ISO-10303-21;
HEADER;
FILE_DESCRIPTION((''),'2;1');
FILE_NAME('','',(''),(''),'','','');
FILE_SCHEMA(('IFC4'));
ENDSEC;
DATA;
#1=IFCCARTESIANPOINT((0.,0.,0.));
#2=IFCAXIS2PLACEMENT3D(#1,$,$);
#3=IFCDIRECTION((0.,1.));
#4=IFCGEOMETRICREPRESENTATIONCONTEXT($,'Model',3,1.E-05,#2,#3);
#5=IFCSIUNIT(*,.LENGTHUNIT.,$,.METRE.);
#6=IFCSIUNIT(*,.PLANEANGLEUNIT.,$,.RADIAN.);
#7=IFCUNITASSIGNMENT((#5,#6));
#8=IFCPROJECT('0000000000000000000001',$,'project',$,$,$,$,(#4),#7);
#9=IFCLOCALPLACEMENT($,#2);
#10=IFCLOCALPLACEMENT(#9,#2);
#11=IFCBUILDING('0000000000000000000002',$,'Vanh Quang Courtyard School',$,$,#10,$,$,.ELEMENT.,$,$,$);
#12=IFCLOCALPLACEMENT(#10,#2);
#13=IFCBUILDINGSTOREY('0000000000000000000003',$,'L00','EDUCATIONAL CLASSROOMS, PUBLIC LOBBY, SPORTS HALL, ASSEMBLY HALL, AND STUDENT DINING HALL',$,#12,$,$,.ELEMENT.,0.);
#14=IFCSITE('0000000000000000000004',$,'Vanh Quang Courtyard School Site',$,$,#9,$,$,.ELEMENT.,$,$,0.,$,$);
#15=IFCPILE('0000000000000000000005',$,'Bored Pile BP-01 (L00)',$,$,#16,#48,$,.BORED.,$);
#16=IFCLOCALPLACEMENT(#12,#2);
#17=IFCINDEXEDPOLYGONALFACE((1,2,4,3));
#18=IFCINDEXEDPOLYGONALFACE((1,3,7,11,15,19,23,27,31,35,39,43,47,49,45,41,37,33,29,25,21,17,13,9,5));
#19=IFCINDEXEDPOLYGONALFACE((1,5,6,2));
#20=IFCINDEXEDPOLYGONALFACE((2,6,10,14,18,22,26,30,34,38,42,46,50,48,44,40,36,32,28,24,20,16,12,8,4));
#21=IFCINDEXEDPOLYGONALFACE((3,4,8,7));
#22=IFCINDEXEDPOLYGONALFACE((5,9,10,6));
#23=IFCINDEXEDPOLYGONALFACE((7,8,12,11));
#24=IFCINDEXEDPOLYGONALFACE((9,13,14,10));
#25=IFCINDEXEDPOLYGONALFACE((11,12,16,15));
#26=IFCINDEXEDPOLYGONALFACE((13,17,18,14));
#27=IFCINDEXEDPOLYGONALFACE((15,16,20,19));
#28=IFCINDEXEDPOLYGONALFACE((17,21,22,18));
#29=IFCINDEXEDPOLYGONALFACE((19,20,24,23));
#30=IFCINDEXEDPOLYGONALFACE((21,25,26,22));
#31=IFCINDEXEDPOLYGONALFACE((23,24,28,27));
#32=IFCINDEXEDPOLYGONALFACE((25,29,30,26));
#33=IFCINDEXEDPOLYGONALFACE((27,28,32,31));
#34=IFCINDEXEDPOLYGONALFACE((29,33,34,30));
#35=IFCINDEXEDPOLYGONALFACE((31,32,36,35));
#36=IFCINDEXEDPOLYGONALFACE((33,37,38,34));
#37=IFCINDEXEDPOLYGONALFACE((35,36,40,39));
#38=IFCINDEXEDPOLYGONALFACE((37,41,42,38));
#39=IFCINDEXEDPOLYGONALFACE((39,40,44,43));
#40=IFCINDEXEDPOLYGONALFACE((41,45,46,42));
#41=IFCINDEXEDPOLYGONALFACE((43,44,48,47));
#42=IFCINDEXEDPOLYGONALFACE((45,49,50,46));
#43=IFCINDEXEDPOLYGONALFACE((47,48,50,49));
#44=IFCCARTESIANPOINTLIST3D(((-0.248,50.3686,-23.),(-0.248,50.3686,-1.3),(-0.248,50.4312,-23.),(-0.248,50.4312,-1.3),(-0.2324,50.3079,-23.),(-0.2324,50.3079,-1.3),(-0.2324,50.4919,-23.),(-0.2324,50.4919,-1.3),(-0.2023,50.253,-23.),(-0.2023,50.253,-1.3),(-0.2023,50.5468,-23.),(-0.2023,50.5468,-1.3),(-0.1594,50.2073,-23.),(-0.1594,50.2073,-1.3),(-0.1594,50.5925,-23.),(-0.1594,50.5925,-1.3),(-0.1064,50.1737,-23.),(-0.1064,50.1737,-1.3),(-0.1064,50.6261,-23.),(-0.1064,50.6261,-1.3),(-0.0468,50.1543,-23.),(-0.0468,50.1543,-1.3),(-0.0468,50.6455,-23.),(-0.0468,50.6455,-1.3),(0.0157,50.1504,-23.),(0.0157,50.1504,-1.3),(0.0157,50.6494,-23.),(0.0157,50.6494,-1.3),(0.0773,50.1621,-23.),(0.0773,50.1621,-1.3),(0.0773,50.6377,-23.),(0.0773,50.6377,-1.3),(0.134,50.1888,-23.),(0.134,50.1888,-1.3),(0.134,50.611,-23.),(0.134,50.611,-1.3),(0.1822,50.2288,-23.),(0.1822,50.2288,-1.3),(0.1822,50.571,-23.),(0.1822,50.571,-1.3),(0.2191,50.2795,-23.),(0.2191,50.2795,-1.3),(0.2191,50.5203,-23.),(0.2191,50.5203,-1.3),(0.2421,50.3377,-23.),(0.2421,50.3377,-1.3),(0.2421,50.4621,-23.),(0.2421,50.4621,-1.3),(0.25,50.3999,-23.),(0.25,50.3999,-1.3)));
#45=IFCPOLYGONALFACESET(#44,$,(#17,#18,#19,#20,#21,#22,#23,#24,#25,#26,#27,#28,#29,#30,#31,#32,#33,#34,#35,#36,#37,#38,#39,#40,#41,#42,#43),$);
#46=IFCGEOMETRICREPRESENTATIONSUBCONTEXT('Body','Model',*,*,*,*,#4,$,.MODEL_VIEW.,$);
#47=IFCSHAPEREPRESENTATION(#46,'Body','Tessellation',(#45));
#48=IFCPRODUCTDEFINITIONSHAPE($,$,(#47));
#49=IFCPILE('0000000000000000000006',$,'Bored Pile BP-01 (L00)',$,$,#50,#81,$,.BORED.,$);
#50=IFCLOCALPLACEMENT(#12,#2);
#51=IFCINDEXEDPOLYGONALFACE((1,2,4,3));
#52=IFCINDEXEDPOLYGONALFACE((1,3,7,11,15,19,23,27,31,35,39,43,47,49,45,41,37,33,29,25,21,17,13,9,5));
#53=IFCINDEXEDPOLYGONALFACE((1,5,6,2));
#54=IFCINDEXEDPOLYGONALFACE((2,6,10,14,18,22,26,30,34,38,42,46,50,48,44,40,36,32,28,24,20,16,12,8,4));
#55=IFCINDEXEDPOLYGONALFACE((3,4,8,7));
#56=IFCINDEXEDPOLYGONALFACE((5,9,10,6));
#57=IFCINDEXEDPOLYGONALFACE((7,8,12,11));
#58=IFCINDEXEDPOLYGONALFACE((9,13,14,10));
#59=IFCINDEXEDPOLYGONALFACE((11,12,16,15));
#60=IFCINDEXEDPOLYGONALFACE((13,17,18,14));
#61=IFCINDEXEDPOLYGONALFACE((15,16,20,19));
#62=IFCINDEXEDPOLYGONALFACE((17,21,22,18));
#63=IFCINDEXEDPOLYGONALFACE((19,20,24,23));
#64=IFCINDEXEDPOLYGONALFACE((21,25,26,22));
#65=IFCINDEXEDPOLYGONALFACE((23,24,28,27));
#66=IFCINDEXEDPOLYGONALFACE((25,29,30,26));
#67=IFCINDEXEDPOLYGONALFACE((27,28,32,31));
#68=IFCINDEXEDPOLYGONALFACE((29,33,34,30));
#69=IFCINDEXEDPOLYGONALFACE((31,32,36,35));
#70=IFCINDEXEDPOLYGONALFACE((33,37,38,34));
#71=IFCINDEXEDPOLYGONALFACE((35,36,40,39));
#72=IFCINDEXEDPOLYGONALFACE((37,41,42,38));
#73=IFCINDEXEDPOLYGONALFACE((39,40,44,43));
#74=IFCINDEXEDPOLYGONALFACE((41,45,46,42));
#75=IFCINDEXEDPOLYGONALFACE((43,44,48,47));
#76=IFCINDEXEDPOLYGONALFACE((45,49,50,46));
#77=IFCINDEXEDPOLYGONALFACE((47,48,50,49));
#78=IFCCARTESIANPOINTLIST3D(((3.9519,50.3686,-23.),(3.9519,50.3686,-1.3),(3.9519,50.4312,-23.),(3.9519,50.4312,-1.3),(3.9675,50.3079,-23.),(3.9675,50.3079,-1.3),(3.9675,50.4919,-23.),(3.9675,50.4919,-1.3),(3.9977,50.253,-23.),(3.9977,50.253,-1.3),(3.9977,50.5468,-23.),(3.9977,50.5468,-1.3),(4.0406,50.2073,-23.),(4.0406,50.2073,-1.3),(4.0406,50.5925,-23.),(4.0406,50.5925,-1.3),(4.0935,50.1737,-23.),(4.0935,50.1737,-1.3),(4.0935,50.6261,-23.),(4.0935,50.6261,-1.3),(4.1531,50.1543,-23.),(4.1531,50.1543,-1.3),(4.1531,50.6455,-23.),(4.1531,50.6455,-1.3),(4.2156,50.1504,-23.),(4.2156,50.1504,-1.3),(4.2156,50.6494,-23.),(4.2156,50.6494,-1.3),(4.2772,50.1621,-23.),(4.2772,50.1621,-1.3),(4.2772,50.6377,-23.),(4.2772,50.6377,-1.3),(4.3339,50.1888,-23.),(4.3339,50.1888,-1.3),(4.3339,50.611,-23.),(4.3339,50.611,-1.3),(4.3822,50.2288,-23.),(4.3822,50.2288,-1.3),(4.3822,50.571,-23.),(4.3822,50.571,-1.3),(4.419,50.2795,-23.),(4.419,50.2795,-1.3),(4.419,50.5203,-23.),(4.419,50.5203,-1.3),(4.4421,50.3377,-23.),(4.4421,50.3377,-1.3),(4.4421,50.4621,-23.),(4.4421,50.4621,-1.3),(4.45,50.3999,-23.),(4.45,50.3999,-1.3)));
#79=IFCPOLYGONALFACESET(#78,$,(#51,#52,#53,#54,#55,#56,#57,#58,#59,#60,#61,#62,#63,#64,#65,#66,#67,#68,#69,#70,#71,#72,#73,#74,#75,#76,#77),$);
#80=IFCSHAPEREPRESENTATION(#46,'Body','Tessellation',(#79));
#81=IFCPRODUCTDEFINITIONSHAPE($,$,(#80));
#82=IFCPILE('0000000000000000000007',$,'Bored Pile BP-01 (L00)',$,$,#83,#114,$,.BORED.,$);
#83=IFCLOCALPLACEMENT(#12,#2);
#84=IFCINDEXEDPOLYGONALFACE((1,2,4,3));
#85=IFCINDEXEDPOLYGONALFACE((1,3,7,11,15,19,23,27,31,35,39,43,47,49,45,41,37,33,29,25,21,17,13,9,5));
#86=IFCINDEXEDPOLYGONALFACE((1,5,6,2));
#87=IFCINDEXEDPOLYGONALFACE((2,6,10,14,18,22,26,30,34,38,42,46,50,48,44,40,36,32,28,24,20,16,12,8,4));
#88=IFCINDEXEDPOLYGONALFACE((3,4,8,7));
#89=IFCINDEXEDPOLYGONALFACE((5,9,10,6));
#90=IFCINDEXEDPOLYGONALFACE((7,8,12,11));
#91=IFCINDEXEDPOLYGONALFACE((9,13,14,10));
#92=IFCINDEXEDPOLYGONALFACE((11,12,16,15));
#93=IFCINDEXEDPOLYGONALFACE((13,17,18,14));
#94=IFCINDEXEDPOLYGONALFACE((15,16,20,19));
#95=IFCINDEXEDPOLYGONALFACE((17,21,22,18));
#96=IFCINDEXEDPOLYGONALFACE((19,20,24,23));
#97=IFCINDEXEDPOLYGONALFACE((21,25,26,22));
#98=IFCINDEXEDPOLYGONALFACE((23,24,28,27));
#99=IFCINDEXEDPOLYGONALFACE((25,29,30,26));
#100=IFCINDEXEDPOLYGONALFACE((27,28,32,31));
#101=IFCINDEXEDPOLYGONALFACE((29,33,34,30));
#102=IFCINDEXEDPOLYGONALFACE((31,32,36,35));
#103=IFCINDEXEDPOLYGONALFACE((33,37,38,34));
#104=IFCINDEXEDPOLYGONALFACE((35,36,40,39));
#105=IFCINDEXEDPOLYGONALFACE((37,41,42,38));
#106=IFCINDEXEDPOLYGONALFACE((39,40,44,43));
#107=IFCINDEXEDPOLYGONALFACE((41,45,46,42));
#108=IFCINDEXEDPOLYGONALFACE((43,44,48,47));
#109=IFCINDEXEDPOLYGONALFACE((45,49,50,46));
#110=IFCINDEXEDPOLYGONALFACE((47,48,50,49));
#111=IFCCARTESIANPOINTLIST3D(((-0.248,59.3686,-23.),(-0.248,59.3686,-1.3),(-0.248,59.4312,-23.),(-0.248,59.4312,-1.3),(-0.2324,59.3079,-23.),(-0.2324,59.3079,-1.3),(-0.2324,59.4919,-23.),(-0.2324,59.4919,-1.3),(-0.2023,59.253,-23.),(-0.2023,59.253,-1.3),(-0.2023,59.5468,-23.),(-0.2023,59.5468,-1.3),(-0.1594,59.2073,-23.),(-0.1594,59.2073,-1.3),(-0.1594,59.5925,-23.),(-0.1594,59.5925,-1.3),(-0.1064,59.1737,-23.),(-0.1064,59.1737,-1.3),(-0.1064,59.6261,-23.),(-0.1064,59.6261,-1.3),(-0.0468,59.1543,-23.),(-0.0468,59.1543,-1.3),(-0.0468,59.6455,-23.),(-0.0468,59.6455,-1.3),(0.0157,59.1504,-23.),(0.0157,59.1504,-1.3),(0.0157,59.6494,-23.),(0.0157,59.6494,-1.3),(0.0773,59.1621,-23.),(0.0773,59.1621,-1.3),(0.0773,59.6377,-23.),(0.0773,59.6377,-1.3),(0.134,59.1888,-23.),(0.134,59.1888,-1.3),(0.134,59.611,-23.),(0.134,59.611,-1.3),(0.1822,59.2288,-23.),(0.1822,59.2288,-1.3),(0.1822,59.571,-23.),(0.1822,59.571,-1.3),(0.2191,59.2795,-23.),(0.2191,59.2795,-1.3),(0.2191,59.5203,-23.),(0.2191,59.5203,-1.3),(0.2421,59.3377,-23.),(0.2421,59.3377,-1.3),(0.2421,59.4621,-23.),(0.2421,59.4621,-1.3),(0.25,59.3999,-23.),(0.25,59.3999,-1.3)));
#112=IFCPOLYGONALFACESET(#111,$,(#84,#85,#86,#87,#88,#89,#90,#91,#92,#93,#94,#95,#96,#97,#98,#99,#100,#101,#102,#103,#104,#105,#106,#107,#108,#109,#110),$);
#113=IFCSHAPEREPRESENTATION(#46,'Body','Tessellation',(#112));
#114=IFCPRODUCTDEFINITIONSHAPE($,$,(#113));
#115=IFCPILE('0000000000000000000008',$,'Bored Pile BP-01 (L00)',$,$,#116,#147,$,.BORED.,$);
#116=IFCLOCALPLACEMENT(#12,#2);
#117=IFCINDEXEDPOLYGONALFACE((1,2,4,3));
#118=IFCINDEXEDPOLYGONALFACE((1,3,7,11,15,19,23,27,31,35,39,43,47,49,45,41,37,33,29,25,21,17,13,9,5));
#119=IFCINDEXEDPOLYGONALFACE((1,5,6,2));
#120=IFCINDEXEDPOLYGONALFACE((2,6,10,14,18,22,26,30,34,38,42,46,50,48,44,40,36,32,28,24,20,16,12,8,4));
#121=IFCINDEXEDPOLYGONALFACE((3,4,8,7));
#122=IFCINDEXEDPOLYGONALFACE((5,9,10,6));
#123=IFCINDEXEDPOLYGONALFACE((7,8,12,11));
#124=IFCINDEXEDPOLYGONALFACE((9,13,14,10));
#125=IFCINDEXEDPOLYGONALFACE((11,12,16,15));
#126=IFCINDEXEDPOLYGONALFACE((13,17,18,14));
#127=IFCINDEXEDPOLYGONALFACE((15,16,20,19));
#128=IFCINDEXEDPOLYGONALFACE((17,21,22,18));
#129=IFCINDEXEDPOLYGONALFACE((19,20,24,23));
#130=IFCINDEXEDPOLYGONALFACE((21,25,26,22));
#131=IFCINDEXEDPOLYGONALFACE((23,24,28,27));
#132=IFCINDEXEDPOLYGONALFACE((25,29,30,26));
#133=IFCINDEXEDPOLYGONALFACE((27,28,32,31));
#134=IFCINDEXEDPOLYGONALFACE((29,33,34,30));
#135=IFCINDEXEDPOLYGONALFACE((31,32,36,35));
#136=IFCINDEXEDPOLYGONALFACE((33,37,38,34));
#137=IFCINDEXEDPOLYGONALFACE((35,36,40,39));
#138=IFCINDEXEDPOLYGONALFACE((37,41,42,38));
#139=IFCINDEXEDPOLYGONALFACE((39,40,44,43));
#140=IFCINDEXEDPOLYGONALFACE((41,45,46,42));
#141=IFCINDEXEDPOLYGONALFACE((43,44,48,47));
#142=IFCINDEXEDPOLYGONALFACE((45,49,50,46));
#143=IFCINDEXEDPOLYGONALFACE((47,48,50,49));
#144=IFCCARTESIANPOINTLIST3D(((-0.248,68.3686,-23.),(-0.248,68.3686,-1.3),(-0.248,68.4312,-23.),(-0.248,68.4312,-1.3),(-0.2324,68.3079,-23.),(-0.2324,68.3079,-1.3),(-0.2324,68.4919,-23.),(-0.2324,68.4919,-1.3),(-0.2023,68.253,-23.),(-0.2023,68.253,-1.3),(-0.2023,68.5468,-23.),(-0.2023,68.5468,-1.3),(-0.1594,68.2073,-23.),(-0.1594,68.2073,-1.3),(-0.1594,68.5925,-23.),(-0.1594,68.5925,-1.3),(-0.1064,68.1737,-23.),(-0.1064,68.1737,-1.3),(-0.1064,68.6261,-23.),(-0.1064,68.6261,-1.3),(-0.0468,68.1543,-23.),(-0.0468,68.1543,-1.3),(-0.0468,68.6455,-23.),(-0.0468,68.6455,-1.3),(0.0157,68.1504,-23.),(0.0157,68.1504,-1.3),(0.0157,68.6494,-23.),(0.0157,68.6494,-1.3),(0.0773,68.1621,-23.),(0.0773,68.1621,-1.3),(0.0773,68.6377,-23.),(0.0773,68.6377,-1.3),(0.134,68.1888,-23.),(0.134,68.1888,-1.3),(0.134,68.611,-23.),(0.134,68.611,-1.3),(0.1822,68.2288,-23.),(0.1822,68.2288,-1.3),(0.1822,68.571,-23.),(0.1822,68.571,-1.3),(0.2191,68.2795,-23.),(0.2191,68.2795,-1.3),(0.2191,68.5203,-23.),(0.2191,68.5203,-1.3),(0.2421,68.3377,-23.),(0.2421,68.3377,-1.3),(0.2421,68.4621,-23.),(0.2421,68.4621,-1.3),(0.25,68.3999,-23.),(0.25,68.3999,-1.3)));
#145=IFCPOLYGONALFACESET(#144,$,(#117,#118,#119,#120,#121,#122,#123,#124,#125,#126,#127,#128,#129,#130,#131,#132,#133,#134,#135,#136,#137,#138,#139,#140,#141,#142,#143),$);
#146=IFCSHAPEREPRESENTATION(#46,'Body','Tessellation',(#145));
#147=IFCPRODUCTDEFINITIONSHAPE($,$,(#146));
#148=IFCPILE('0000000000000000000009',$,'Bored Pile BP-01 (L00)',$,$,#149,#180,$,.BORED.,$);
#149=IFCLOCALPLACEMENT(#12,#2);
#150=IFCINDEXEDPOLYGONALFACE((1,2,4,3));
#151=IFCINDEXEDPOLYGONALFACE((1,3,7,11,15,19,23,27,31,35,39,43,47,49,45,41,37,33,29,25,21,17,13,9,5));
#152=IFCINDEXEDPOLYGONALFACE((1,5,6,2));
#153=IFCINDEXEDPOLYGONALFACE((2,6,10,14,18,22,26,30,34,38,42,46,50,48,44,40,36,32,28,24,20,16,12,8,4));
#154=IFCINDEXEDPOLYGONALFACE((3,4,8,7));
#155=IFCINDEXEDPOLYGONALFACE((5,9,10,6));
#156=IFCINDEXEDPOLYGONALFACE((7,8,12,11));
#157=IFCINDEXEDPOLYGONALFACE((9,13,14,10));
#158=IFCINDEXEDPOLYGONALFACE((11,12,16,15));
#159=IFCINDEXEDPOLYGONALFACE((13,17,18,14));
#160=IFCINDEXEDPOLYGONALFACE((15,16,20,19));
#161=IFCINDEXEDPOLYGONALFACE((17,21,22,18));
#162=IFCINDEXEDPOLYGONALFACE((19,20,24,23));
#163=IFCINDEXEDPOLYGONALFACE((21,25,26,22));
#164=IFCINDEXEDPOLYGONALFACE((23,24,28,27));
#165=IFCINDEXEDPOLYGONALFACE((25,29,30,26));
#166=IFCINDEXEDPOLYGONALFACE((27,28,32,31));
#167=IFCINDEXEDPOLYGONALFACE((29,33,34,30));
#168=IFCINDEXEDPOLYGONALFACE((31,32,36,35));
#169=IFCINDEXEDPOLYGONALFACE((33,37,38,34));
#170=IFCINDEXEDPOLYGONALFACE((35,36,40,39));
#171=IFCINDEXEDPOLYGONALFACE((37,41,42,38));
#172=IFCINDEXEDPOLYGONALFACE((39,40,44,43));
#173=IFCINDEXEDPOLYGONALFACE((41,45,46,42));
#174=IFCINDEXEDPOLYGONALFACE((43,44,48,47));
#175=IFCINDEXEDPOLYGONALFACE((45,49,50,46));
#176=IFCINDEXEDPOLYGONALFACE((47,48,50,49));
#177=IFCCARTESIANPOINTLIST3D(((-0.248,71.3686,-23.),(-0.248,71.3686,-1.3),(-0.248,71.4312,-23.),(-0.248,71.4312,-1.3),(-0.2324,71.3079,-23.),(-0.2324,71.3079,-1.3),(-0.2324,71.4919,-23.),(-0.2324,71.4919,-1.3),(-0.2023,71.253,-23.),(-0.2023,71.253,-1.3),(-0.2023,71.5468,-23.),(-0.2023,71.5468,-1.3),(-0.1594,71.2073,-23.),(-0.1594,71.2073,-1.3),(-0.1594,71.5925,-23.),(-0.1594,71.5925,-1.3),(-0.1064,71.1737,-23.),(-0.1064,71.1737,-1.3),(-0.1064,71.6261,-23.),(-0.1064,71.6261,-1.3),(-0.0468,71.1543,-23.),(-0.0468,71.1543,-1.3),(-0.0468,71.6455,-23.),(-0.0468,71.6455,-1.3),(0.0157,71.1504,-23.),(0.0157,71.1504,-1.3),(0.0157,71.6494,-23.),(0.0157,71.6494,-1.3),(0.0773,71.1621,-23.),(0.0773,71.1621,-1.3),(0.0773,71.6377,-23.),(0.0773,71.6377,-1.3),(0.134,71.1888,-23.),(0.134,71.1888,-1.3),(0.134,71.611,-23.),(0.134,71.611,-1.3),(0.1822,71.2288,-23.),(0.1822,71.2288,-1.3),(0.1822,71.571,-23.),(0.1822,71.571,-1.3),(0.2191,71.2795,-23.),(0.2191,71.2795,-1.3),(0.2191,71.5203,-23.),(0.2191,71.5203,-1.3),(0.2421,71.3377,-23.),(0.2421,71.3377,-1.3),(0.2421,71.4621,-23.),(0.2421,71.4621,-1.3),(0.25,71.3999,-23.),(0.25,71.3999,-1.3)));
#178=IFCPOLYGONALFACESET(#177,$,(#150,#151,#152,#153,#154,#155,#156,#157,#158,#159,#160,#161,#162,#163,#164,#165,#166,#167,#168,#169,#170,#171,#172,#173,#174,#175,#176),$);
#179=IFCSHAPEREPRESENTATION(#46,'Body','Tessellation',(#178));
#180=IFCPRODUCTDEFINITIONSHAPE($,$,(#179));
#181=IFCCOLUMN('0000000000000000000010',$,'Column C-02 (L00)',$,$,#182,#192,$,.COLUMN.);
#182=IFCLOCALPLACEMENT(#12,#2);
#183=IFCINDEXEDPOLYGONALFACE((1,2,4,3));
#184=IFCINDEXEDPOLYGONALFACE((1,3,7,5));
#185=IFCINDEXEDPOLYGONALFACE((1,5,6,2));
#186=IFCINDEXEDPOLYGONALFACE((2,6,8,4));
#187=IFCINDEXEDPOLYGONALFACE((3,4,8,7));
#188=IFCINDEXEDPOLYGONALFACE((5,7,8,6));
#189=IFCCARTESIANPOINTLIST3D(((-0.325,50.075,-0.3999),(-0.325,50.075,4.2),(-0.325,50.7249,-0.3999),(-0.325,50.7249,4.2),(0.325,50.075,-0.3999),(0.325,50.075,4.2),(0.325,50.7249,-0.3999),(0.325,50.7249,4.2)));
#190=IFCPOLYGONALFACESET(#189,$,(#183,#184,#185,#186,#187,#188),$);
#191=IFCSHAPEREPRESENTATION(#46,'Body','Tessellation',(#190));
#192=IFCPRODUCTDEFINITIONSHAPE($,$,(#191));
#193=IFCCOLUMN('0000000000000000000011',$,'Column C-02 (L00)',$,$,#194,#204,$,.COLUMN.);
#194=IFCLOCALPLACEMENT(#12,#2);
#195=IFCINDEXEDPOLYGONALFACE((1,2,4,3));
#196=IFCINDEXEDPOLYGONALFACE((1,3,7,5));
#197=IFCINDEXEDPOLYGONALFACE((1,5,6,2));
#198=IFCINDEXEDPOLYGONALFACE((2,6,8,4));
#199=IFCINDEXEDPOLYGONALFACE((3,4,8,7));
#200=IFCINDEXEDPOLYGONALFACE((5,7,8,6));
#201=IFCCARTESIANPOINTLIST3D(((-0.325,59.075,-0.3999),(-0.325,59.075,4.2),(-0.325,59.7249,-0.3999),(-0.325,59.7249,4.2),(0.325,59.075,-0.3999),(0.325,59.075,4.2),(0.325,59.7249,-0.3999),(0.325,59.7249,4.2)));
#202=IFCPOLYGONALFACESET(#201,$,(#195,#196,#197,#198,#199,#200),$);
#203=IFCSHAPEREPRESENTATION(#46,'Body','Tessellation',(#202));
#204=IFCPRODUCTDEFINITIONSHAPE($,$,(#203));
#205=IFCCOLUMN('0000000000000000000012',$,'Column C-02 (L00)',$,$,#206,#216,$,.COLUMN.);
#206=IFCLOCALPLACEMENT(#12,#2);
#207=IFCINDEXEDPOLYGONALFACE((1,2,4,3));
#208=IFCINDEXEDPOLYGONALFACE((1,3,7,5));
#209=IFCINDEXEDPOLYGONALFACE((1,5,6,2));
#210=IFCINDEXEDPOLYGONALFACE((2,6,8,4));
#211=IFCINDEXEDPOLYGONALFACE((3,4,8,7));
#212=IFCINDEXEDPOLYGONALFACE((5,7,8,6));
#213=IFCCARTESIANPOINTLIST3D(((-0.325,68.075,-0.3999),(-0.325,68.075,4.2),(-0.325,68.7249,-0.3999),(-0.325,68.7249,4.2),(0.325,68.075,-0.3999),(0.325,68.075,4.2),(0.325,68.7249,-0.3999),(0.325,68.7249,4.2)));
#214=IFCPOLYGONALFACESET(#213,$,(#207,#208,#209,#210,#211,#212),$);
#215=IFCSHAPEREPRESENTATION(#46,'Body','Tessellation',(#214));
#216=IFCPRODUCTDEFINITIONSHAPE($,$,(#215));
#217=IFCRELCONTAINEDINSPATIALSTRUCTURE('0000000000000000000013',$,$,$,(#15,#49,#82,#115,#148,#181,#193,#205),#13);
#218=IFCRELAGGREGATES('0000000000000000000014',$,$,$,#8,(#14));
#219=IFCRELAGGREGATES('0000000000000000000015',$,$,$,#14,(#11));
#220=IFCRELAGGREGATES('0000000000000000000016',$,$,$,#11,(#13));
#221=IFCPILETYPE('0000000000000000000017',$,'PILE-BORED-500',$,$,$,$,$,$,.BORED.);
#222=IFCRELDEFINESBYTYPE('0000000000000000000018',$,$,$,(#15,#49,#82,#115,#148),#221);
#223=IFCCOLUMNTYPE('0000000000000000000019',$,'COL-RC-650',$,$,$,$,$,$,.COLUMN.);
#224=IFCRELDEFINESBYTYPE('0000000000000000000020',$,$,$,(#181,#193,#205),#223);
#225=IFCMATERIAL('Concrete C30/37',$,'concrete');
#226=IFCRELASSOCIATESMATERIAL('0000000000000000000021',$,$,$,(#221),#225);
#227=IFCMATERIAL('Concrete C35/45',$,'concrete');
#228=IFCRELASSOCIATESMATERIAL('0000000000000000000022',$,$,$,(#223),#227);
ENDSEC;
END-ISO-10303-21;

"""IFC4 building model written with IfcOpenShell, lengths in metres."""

from ifc_helpers import new_model, si_unit, direction, frame, origin, origin_2d, place, context, subcontext, project, spatial, rectangle, circle, extrude, material, material_profile, profile_set, type_object, element, save


model = new_model("IFC4")

# Units and contexts
model_context = context("Model", 3, precision=1e-05, world=origin(), true_north=direction((0.0, 1.0)))
body_context = subcontext(model_context, "Body", "Model", "MODEL_VIEW")
ifc_project = project(units=[si_unit("LENGTHUNIT", "METRE"), si_unit("PLANEANGLEUNIT", "RADIAN")], contexts=[model_context])

# Site, building, storey
site_placement = place(None, origin())
site = spatial("IfcSite", under=ifc_project, at=site_placement, Name="Vanh Quang Courtyard School Site", CompositionType="ELEMENT", RefElevation=0.0)
building_placement = place(site_placement, origin())
building = spatial("IfcBuilding", under=site, at=building_placement, Name="Vanh Quang Courtyard School", CompositionType="ELEMENT")
storey_placement = place(building_placement, origin())
storey = spatial("IfcBuildingStorey", under=building, at=storey_placement, Name="L00", Description="EDUCATIONAL CLASSROOMS, PUBLIC LOBBY, SPORTS HALL, ASSEMBLY HALL, AND STUDENT DINING HALL", CompositionType="ELEMENT", Elevation=0.0)

# Shared definitions
ifc_material_1 = material(Name="Concrete C35/45", Category="concrete")

# Piles
ifc_material_2 = material(Name="Concrete C30/37", Category="concrete")
ifc_material_profile_1 = material_profile(ifc_material_2, circle(Radius=0.25, at=origin_2d()), Name="PILE D500")
ifc_profile_set_1 = profile_set([ifc_material_profile_1], Name="Concrete C30/37")
pile_type = type_object("IfcPileType", Name="PILE-BORED-500", PredefinedType="BORED", material=ifc_profile_set_1)
for number, where, z_axis, x_axis, name in (
    (1, (0.0, 50.3999, -1.3), (0.0, 0.0, -1.0), (1.0, 0.0, 0.0), "Bored Pile BP-01 (L00)"),
    (2, (4.2, 50.3999, -1.3), (0.0, 0.0, -1.0), (1.0, 0.0, 0.0), "Bored Pile BP-01 (L00)"),
    (3, (0.0, 59.3999, -1.3), (0.0, 0.0, -1.0), (1.0, 0.0, 0.0), "Bored Pile BP-01 (L00)"),
    (4, (0.0, 68.3999, -1.3), (0.0, 0.0, -1.0), (1.0, 0.0, 0.0), "Bored Pile BP-01 (L00)"),
    (5, (0.0, 71.3999, -1.3), (0.0, 0.0, -1.0), (1.0, 0.0, 0.0), "Bored Pile BP-01 (L00)"),
):
    element("IfcPile", number, at=place(storey_placement, frame(where, z_axis=z_axis, x_axis=x_axis)), inside=storey, type_object=pile_type, Name=name, PredefinedType="BORED", context=body_context, shape_type="SweptSolid", body=[
        extrude(circle(Radius=0.25, at=origin_2d()), origin(), (0.0, 0.0, 1.0), 21.7),
    ])

# Columns
ifc_material_profile_2 = material_profile(ifc_material_1, rectangle(XDim=0.6499, YDim=0.6499, at=origin_2d()), Name="RC-COL 650x650")
ifc_profile_set_2 = profile_set([ifc_material_profile_2], Name="Concrete C35/45")
column_type = type_object("IfcColumnType", Name="COL-RC-650", PredefinedType="COLUMN", material=ifc_profile_set_2)
for number, where, z_axis, x_axis, name in (
    (6, (0.0, 50.3999, -0.3999), (0.0, 0.0, 1.0), (1.0, 0.0, 0.0), "Column C-02 (L00)"),
    (7, (0.0, 59.3999, -0.3999), (0.0, 0.0, 1.0), (1.0, 0.0, 0.0), "Column C-02 (L00)"),
    (8, (0.0, 68.3999, -0.3999), (0.0, 0.0, 1.0), (1.0, 0.0, 0.0), "Column C-02 (L00)"),
):
    element("IfcColumn", number, at=place(storey_placement, frame(where, z_axis=z_axis, x_axis=x_axis)), inside=storey, type_object=column_type, Name=name, PredefinedType="COLUMN", context=body_context, shape_type="SweptSolid", body=[
        extrude(rectangle(XDim=0.6499, YDim=0.6499, at=origin_2d()), origin(), (0.0, 0.0, 1.0), 4.5999),
    ])

save(model, "model.ifc")
